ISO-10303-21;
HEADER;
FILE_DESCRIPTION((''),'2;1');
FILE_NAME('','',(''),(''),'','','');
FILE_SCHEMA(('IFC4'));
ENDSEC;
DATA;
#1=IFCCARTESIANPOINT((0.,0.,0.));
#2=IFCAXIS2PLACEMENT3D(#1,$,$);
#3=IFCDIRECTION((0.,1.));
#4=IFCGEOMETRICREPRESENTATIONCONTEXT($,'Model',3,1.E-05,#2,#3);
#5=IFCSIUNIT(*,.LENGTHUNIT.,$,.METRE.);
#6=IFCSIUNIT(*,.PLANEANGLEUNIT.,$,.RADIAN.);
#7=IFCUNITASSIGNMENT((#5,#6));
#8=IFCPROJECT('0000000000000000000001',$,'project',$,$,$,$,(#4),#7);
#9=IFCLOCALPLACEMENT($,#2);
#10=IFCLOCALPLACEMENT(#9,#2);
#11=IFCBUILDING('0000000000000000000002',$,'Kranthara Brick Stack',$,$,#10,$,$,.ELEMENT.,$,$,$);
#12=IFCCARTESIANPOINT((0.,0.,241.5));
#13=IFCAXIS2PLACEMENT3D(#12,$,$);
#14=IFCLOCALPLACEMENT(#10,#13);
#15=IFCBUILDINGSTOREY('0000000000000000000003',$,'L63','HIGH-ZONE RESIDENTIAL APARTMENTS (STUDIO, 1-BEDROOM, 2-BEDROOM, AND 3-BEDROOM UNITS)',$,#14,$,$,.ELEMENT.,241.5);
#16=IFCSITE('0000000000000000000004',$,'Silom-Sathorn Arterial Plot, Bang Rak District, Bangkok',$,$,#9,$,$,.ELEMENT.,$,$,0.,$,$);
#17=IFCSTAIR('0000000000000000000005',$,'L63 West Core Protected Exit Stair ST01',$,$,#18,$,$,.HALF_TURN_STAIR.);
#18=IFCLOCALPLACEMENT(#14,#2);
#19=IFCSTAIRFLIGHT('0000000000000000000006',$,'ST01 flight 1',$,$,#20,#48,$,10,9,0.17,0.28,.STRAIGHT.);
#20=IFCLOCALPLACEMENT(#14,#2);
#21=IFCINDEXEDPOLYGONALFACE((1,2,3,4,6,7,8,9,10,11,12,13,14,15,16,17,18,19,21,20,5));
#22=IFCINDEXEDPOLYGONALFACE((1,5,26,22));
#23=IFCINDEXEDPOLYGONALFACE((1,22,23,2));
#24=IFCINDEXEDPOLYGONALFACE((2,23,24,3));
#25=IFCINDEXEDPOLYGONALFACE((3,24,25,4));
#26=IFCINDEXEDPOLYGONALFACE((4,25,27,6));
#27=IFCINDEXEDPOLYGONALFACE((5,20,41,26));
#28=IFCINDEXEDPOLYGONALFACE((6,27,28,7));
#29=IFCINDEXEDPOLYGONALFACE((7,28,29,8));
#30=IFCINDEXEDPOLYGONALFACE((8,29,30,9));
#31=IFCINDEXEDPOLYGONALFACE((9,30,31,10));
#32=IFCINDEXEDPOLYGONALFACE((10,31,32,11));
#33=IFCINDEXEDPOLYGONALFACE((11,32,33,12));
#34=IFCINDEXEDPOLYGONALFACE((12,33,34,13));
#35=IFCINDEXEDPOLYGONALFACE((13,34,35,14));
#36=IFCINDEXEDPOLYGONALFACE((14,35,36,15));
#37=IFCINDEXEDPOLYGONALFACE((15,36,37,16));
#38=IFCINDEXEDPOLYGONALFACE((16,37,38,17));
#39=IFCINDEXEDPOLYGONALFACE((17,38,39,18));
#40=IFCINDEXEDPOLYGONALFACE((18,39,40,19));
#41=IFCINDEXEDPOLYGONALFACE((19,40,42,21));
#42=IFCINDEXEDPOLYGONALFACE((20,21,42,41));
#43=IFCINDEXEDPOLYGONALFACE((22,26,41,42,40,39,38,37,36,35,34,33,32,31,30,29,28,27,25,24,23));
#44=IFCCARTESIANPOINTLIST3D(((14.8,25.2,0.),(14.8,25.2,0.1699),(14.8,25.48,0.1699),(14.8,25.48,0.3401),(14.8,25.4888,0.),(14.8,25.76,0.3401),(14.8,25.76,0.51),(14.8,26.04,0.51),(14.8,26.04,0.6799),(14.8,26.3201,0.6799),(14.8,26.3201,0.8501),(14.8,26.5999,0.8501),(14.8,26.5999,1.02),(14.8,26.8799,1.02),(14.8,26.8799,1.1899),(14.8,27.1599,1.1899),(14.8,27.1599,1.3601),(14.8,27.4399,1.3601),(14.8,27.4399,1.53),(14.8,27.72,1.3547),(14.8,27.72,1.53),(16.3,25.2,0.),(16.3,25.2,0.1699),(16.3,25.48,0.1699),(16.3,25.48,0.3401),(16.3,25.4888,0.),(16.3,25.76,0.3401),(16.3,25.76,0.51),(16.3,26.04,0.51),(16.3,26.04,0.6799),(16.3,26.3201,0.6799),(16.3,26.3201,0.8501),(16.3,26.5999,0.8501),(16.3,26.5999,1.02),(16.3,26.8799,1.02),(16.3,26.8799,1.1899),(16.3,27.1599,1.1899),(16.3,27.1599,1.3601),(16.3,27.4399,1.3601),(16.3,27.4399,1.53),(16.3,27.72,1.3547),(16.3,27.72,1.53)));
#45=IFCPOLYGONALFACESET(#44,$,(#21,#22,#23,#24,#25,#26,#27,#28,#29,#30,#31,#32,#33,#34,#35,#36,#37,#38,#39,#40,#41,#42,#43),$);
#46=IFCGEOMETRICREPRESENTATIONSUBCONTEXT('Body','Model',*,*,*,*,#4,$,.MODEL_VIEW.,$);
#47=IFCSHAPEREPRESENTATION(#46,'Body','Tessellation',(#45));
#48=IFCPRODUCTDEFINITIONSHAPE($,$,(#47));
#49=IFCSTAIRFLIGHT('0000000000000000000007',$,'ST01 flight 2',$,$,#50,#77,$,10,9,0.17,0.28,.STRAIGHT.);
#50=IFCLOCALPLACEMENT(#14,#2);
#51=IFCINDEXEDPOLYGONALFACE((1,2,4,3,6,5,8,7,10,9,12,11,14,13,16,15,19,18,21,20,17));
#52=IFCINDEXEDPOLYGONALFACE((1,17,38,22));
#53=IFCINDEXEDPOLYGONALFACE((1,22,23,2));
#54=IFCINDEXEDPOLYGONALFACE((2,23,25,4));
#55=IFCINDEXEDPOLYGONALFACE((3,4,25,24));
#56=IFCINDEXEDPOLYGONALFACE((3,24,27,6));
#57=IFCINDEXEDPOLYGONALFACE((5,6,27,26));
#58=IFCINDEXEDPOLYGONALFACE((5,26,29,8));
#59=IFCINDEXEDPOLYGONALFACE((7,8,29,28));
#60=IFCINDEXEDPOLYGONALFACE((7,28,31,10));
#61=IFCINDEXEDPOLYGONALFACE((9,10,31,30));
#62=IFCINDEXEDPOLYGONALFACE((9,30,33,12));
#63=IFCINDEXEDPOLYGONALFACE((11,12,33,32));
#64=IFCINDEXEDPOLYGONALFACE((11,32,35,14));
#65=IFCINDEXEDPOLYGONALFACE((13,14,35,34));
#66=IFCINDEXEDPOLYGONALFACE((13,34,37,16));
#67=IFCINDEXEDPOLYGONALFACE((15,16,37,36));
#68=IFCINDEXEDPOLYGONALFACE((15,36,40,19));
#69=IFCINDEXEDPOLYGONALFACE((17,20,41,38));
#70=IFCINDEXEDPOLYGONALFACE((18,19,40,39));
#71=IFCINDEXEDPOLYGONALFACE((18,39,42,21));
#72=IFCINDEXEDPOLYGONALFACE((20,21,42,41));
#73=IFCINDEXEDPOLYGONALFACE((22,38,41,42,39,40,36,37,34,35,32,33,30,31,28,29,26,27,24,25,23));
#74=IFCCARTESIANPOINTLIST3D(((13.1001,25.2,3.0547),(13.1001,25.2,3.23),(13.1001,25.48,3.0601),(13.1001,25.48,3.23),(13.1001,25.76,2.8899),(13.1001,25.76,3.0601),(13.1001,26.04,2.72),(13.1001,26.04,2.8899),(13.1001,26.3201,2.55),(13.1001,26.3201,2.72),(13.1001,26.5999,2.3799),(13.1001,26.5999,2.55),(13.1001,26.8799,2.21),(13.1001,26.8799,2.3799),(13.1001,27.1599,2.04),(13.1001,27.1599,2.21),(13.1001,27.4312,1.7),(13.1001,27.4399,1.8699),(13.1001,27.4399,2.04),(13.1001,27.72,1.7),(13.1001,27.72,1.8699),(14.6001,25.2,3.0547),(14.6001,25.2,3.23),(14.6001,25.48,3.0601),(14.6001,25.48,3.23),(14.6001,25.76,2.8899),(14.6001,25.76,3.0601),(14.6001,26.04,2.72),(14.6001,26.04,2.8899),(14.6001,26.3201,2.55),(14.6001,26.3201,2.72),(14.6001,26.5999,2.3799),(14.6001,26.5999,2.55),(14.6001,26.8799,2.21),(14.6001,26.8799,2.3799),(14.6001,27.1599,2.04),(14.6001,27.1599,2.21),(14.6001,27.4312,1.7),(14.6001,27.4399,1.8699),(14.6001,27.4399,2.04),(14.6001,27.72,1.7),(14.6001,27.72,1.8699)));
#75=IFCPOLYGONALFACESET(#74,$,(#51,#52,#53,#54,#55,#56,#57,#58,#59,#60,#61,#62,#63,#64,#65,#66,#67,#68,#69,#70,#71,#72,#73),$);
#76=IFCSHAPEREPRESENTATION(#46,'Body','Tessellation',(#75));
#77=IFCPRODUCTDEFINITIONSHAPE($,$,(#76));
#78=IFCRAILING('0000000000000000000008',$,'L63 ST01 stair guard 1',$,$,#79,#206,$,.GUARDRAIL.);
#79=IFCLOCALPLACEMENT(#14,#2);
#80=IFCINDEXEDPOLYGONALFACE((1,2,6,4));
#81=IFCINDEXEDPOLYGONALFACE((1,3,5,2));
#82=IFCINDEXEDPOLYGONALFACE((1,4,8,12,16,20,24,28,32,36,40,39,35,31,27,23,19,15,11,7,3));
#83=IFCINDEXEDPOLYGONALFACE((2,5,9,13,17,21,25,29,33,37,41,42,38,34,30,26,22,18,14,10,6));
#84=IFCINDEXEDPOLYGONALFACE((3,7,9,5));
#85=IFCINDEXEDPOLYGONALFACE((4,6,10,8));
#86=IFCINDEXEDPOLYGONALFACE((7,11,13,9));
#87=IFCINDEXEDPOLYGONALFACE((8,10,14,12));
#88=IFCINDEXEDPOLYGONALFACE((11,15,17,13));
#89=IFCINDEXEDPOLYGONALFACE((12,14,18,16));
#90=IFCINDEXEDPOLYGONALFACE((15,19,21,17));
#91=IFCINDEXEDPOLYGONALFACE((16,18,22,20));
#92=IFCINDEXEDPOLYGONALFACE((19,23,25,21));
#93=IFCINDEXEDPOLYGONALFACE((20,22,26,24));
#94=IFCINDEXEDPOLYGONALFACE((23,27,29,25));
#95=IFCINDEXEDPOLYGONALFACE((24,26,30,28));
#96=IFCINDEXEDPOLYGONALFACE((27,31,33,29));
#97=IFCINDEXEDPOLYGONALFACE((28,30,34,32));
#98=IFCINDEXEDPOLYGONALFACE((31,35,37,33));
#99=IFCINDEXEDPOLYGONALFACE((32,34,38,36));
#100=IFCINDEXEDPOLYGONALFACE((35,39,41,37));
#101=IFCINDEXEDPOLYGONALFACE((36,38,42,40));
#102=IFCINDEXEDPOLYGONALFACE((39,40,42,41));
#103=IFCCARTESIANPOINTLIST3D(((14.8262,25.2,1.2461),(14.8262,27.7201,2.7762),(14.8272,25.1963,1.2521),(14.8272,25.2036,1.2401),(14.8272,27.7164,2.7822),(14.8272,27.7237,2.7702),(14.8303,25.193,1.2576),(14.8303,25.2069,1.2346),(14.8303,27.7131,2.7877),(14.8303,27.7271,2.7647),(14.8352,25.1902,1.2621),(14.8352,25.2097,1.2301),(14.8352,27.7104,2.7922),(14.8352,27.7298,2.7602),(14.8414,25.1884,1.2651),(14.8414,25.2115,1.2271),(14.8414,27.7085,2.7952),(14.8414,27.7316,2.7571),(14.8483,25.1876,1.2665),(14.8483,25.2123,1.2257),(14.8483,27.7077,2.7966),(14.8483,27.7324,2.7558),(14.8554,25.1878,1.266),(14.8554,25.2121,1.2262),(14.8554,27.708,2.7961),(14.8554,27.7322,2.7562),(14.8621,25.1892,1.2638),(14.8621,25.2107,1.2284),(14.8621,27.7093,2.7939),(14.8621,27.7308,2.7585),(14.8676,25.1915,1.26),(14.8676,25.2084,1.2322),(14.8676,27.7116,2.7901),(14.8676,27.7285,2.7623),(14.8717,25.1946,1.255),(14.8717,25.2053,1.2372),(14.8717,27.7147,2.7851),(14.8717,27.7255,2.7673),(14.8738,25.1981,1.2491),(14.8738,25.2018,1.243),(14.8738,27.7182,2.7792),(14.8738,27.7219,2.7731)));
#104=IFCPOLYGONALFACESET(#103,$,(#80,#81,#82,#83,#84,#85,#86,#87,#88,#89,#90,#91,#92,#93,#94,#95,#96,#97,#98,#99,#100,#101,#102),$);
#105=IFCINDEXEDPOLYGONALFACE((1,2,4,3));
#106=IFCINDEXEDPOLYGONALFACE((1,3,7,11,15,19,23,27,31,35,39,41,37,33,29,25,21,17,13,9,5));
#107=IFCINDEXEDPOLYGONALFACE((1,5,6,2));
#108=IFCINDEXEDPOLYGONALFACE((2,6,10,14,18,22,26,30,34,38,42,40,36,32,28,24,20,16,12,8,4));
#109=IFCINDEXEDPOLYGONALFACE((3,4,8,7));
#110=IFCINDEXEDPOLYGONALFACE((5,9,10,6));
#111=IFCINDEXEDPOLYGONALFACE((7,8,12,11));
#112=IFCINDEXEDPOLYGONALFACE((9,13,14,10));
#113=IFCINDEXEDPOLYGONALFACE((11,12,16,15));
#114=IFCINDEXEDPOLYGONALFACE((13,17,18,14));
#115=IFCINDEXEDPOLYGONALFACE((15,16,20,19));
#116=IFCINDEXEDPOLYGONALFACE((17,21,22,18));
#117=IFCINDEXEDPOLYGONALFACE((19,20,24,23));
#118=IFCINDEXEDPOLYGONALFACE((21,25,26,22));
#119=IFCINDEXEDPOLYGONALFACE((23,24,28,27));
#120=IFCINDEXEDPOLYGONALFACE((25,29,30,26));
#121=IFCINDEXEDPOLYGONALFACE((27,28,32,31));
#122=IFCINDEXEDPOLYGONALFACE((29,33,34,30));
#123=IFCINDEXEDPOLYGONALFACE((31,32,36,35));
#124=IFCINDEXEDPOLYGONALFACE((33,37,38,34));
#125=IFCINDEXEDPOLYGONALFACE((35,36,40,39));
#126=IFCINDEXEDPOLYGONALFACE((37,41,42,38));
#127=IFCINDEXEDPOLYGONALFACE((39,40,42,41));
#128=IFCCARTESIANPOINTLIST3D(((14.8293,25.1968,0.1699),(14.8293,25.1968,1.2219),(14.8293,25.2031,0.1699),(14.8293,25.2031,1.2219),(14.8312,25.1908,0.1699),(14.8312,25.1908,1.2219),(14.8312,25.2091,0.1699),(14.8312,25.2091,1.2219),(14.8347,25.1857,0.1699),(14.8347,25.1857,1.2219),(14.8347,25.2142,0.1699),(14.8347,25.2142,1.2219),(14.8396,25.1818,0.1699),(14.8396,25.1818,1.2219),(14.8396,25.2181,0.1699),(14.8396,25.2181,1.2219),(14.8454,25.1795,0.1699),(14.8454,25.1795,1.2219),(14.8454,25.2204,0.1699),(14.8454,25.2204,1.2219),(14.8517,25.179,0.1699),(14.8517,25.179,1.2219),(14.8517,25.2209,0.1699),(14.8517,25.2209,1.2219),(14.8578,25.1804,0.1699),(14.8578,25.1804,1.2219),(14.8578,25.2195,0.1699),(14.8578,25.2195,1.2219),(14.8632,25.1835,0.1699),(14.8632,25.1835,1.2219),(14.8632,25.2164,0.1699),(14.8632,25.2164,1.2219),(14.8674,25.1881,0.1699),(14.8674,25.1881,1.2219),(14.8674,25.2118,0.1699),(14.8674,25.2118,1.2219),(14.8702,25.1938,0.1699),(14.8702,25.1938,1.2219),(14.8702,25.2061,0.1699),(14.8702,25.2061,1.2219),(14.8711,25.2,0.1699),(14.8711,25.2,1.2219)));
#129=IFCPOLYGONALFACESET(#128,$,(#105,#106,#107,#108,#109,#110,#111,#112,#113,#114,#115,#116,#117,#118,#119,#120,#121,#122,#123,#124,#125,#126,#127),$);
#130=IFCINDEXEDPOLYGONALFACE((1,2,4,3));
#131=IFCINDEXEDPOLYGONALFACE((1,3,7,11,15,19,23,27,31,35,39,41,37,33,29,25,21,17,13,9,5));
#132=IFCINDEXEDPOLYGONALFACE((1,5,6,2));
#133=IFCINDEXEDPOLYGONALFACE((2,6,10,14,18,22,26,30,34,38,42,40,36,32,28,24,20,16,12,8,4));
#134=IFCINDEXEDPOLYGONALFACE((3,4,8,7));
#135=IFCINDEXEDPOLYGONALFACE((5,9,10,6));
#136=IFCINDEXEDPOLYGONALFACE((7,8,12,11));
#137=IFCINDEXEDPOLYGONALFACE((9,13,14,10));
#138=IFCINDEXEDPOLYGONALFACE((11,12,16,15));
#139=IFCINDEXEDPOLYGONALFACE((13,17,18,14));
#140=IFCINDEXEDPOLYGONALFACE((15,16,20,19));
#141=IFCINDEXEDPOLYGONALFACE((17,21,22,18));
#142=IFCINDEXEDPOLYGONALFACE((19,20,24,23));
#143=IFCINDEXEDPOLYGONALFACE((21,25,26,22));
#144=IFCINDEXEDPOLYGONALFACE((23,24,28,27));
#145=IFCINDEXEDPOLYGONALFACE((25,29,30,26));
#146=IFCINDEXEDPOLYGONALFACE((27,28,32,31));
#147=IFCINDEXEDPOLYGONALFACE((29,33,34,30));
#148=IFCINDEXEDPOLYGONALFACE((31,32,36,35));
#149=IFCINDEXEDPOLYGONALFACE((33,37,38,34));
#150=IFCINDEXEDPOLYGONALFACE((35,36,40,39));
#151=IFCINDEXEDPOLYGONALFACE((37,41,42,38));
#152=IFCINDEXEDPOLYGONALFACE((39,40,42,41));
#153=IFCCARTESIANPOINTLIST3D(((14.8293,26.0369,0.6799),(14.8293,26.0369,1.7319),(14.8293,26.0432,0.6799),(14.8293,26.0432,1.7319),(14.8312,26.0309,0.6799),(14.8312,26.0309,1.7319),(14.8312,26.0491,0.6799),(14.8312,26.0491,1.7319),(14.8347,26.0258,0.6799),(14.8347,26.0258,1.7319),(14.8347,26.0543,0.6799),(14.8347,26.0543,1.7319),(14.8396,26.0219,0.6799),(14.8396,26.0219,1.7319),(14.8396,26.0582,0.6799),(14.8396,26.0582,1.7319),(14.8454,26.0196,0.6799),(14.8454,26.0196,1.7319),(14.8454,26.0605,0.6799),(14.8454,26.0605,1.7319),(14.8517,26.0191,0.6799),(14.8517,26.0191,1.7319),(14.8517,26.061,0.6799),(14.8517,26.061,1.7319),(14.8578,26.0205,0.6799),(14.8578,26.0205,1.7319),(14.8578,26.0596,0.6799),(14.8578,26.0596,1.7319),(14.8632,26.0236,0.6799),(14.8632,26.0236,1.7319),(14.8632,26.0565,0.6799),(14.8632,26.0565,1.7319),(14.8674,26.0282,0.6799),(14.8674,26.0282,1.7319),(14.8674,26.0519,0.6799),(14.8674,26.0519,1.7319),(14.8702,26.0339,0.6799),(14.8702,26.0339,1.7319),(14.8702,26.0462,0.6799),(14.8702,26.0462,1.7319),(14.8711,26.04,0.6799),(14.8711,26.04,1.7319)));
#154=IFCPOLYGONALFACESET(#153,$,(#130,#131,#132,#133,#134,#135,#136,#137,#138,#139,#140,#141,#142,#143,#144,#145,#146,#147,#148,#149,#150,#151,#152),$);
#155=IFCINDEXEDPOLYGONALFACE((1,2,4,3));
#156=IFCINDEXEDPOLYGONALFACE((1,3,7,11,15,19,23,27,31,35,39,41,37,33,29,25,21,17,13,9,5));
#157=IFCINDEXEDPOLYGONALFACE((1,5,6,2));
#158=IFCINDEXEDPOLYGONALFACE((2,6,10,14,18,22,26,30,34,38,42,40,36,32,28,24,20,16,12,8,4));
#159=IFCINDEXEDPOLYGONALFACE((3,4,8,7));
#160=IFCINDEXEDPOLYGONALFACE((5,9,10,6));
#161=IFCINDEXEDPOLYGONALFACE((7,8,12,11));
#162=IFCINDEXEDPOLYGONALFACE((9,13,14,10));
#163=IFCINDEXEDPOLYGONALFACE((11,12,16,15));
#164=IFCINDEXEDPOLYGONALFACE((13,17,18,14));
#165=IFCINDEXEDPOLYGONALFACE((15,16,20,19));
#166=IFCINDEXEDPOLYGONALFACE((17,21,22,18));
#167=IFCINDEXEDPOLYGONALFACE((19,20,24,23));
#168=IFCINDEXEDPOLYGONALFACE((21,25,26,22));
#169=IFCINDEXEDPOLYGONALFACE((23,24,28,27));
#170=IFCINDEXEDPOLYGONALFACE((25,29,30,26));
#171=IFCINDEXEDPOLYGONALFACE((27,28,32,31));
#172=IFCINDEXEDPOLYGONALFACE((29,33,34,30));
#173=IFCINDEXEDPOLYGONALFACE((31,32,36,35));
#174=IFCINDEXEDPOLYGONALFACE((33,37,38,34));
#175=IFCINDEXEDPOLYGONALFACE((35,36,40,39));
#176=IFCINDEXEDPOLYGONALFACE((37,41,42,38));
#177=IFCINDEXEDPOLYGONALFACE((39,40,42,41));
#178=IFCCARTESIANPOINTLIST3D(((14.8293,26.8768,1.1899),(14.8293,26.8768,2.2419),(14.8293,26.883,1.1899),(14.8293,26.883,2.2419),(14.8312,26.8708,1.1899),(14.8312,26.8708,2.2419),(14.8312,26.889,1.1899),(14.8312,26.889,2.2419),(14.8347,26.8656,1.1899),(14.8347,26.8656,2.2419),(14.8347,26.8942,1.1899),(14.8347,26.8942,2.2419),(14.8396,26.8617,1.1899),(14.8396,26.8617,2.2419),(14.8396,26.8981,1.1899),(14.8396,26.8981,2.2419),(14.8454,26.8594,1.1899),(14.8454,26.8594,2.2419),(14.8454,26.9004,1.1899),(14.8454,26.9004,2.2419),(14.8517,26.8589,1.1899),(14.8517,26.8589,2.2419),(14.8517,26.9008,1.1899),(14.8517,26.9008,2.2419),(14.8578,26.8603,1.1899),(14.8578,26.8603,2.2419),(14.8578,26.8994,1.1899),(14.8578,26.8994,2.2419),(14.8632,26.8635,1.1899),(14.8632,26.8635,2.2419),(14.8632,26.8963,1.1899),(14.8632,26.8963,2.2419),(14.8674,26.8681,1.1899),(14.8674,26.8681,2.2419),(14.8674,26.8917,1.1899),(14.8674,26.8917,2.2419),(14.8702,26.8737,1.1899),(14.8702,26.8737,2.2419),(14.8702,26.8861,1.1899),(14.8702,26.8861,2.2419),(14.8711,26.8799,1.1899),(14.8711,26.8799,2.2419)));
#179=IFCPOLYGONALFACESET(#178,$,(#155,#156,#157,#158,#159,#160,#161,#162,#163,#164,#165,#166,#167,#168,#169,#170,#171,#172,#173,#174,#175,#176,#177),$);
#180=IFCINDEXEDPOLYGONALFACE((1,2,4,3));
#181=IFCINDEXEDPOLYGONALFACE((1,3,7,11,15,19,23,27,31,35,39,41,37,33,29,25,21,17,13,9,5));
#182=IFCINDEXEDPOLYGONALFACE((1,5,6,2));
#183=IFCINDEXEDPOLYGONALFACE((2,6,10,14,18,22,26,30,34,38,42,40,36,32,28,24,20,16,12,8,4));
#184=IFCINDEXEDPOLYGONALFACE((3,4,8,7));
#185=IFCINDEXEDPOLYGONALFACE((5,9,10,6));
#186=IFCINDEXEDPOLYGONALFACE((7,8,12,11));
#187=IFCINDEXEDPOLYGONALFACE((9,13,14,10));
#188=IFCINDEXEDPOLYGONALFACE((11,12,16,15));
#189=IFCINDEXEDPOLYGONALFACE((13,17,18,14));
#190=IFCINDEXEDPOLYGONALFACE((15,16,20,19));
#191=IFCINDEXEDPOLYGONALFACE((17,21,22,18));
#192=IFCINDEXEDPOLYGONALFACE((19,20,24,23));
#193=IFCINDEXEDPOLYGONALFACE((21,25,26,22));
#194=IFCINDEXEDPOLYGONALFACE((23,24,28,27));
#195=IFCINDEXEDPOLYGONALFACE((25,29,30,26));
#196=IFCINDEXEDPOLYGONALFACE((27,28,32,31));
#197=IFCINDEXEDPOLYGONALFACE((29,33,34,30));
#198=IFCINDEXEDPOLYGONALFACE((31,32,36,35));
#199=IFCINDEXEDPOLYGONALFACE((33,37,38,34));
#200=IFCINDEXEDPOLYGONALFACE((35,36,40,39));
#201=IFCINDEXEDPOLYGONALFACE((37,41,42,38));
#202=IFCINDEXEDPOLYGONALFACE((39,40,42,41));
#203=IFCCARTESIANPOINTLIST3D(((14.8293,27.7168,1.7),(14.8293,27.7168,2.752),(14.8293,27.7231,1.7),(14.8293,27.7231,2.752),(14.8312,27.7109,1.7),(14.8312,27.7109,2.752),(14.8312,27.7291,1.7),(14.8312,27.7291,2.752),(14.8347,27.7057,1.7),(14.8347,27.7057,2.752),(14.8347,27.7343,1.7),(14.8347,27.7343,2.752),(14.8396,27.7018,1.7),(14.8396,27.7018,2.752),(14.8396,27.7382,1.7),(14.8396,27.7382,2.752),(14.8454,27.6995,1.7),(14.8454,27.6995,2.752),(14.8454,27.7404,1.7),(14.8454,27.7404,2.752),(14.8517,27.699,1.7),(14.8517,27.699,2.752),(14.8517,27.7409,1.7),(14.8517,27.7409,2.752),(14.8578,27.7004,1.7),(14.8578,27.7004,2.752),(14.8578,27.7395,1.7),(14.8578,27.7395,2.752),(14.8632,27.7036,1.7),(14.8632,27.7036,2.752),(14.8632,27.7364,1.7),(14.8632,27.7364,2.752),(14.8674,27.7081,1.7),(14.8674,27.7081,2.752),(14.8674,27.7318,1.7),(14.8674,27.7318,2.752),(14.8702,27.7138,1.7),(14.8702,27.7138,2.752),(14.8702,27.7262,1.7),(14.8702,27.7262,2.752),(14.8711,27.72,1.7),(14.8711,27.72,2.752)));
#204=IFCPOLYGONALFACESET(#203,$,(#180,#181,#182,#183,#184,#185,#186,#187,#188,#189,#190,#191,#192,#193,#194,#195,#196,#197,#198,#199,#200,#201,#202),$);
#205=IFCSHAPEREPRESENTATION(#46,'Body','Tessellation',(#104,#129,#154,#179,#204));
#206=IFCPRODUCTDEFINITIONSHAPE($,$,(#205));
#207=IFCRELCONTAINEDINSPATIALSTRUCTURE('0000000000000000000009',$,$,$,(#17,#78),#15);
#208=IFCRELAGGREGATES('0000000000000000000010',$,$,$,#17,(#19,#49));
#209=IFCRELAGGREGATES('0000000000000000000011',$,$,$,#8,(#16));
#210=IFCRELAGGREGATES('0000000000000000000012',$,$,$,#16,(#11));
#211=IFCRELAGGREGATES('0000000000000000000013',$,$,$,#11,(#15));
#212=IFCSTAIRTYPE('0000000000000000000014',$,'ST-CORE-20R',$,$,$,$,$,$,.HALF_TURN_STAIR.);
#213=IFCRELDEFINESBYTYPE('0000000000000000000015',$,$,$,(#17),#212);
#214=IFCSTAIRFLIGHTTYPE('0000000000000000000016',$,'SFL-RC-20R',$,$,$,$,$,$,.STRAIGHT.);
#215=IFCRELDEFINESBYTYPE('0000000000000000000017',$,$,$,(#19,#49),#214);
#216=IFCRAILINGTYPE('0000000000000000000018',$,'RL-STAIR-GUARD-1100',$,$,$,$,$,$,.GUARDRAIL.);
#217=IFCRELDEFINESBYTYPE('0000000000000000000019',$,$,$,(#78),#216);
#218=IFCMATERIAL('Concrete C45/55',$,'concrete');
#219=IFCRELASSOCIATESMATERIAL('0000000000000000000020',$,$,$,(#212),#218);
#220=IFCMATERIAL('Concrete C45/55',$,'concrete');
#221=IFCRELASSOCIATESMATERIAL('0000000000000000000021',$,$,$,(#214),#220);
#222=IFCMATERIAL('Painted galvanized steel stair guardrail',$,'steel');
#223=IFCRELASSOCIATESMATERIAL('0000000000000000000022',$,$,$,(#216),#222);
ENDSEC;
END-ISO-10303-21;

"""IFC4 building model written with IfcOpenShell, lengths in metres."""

from ifc_helpers import new_model, si_unit, direction, frame, origin, origin_2d, place, context, subcontext, project, spatial, polyline, circle, outline, extrude, material, type_object, element, aggregate, save


model = new_model("IFC4")

# Units and contexts
model_context = context("Model", 3, precision=1e-05, world=origin(), true_north=direction((0.0, 1.0)))
body_context = subcontext(model_context, "Body", "Model", "MODEL_VIEW")
ifc_project = project(units=[si_unit("LENGTHUNIT", "METRE"), si_unit("PLANEANGLEUNIT", "RADIAN")], contexts=[model_context])

# Site, building, storey
site_placement = place(None, origin())
site = spatial("IfcSite", under=ifc_project, at=site_placement, Name="Silom-Sathorn Arterial Plot, Bang Rak District, Bangkok", CompositionType="ELEMENT", RefElevation=0.0)
building_placement = place(site_placement, origin())
building = spatial("IfcBuilding", under=site, at=building_placement, Name="Kranthara Brick Stack", CompositionType="ELEMENT")
storey_placement = place(building_placement, frame((0.0, 0.0, 241.5)))
storey = spatial("IfcBuildingStorey", under=building, at=storey_placement, Name="L63", Description="HIGH-ZONE RESIDENTIAL APARTMENTS (STUDIO, 1-BEDROOM, 2-BEDROOM, AND 3-BEDROOM UNITS)", CompositionType="ELEMENT", Elevation=241.5)

# Stair, stair flights
ifc_material_1 = material(Name="Concrete C45/55", Category="concrete")
stair_type = type_object("IfcStairType", Name="ST-CORE-20R", PredefinedType="HALF_TURN_STAIR", material=ifc_material_1)
stair_placement = place(storey_placement, origin())
stair = element("IfcStair", 1, at=stair_placement, inside=storey, type_object=stair_type, Name="L63 West Core Protected Exit Stair ST01", PredefinedType="HALF_TURN_STAIR")
ifc_material_2 = material(Name="Concrete C45/55", Category="concrete")
stair_flight_type = type_object("IfcStairFlightType", Name="SFL-RC-20R", PredefinedType="STRAIGHT", material=ifc_material_2)
stair_flight_1_placement = place(storey_placement, frame((15.55, 25.2, 0.0), z_axis=(0.0, 0.0, 1.0), x_axis=(0.0, 1.0, 0.0)))
stair_flight_1 = element("IfcStairFlight", 2, at=stair_flight_1_placement, type_object=stair_flight_type, Name="ST01 flight 1", NumberOfRisers=10, NumberOfTreads=9, PredefinedType="STRAIGHT", RiserHeight=0.17, TreadLength=0.28, context=body_context, shape_type="SweptSolid", body=[
    extrude(outline(polyline([(0.0, 0.0), (0.0, 0.1699), (0.28, 0.1699), (0.28, 0.3401), (0.5601, 0.3401), (0.5601, 0.51), (0.8401, 0.51), (0.8401, 0.6799), (1.1201, 0.6799), (1.1201, 0.8501), (1.3999, 0.8501), (1.3999, 1.02), (1.6799, 1.02), (1.6799, 1.1899), (1.96, 1.1899), (1.96, 1.3601), (2.24, 1.3601), (2.24, 1.53), (2.52, 1.53), (2.52, 1.7), (2.52, 1.3547), (0.2888, 0.0), (0.0, 0.0)])), frame((0.0, 0.75, 0.0), z_axis=(0.0, -1.0, 0.0), x_axis=(1.0, 0.0, 0.0)), (0.0, 0.0, 1.0), 1.5),
])
stair_flight_2_placement = place(storey_placement, frame((13.8501, 27.72, 1.7), z_axis=(0.0, 0.0, 1.0), x_axis=(0.0, -1.0, 0.0)))
stair_flight_2 = element("IfcStairFlight", 3, at=stair_flight_2_placement, type_object=stair_flight_type, Name="ST01 flight 2", NumberOfRisers=10, NumberOfTreads=9, PredefinedType="STRAIGHT", RiserHeight=0.17, TreadLength=0.28, context=body_context, shape_type="SweptSolid", body=[
    extrude(outline(polyline([(0.0, 0.0), (0.0, 0.1699), (0.28, 0.1699), (0.28, 0.3401), (0.5601, 0.3401), (0.5601, 0.51), (0.8401, 0.51), (0.8401, 0.6799), (1.1201, 0.6799), (1.1201, 0.8501), (1.3999, 0.8501), (1.3999, 1.02), (1.6799, 1.02), (1.6799, 1.1899), (1.96, 1.1899), (1.96, 1.3601), (2.24, 1.3601), (2.24, 1.53), (2.52, 1.53), (2.52, 1.7), (2.52, 1.3547), (0.2888, 0.0), (0.0, 0.0)])), frame((0.0, 0.75, 0.0), z_axis=(0.0, -1.0, 0.0), x_axis=(1.0, 0.0, 0.0)), (0.0, 0.0, 1.0), 1.5),
])
aggregate(stair, [stair_flight_1, stair_flight_2])

# Railing
ifc_material_3 = material(Name="Painted galvanized steel stair guardrail", Category="steel")
railing_type_1 = type_object("IfcRailingType", Name="RL-STAIR-GUARD-1100", PredefinedType="GUARDRAIL", material=ifc_material_3)
railing_1_placement = place(storey_placement, frame((14.8501, 25.2, 0.1699)))
element("IfcRailing", 4, at=railing_1_placement, inside=storey, type_object=railing_type_1, Name="L63 ST01 stair guard 1", PredefinedType="GUARDRAIL", context=body_context, shape_type="SweptSolid", body=[
    extrude(circle(Radius=0.0239, at=origin_2d()), frame((0.0, 0.0, 1.0762), z_axis=(0.0, 0.854785, 0.518982), x_axis=(-1.0, 0.0, 0.0)), (0.0, 0.0, 1.0), 2.9482),
    extrude(circle(Radius=0.021, at=origin_2d()), origin(), (0.0, 0.0, 1.0), 1.052),
    extrude(circle(Radius=0.021, at=origin_2d()), frame((0.0, 0.8401, 0.51)), (0.0, 0.0, 1.0), 1.052),
    extrude(circle(Radius=0.021, at=origin_2d()), frame((0.0, 1.6799, 1.02)), (0.0, 0.0, 1.0), 1.052),
    extrude(circle(Radius=0.021, at=origin_2d()), frame((0.0, 2.52, 1.53)), (0.0, 0.0, 1.0), 1.052),
])

save(model, "model.ifc")
